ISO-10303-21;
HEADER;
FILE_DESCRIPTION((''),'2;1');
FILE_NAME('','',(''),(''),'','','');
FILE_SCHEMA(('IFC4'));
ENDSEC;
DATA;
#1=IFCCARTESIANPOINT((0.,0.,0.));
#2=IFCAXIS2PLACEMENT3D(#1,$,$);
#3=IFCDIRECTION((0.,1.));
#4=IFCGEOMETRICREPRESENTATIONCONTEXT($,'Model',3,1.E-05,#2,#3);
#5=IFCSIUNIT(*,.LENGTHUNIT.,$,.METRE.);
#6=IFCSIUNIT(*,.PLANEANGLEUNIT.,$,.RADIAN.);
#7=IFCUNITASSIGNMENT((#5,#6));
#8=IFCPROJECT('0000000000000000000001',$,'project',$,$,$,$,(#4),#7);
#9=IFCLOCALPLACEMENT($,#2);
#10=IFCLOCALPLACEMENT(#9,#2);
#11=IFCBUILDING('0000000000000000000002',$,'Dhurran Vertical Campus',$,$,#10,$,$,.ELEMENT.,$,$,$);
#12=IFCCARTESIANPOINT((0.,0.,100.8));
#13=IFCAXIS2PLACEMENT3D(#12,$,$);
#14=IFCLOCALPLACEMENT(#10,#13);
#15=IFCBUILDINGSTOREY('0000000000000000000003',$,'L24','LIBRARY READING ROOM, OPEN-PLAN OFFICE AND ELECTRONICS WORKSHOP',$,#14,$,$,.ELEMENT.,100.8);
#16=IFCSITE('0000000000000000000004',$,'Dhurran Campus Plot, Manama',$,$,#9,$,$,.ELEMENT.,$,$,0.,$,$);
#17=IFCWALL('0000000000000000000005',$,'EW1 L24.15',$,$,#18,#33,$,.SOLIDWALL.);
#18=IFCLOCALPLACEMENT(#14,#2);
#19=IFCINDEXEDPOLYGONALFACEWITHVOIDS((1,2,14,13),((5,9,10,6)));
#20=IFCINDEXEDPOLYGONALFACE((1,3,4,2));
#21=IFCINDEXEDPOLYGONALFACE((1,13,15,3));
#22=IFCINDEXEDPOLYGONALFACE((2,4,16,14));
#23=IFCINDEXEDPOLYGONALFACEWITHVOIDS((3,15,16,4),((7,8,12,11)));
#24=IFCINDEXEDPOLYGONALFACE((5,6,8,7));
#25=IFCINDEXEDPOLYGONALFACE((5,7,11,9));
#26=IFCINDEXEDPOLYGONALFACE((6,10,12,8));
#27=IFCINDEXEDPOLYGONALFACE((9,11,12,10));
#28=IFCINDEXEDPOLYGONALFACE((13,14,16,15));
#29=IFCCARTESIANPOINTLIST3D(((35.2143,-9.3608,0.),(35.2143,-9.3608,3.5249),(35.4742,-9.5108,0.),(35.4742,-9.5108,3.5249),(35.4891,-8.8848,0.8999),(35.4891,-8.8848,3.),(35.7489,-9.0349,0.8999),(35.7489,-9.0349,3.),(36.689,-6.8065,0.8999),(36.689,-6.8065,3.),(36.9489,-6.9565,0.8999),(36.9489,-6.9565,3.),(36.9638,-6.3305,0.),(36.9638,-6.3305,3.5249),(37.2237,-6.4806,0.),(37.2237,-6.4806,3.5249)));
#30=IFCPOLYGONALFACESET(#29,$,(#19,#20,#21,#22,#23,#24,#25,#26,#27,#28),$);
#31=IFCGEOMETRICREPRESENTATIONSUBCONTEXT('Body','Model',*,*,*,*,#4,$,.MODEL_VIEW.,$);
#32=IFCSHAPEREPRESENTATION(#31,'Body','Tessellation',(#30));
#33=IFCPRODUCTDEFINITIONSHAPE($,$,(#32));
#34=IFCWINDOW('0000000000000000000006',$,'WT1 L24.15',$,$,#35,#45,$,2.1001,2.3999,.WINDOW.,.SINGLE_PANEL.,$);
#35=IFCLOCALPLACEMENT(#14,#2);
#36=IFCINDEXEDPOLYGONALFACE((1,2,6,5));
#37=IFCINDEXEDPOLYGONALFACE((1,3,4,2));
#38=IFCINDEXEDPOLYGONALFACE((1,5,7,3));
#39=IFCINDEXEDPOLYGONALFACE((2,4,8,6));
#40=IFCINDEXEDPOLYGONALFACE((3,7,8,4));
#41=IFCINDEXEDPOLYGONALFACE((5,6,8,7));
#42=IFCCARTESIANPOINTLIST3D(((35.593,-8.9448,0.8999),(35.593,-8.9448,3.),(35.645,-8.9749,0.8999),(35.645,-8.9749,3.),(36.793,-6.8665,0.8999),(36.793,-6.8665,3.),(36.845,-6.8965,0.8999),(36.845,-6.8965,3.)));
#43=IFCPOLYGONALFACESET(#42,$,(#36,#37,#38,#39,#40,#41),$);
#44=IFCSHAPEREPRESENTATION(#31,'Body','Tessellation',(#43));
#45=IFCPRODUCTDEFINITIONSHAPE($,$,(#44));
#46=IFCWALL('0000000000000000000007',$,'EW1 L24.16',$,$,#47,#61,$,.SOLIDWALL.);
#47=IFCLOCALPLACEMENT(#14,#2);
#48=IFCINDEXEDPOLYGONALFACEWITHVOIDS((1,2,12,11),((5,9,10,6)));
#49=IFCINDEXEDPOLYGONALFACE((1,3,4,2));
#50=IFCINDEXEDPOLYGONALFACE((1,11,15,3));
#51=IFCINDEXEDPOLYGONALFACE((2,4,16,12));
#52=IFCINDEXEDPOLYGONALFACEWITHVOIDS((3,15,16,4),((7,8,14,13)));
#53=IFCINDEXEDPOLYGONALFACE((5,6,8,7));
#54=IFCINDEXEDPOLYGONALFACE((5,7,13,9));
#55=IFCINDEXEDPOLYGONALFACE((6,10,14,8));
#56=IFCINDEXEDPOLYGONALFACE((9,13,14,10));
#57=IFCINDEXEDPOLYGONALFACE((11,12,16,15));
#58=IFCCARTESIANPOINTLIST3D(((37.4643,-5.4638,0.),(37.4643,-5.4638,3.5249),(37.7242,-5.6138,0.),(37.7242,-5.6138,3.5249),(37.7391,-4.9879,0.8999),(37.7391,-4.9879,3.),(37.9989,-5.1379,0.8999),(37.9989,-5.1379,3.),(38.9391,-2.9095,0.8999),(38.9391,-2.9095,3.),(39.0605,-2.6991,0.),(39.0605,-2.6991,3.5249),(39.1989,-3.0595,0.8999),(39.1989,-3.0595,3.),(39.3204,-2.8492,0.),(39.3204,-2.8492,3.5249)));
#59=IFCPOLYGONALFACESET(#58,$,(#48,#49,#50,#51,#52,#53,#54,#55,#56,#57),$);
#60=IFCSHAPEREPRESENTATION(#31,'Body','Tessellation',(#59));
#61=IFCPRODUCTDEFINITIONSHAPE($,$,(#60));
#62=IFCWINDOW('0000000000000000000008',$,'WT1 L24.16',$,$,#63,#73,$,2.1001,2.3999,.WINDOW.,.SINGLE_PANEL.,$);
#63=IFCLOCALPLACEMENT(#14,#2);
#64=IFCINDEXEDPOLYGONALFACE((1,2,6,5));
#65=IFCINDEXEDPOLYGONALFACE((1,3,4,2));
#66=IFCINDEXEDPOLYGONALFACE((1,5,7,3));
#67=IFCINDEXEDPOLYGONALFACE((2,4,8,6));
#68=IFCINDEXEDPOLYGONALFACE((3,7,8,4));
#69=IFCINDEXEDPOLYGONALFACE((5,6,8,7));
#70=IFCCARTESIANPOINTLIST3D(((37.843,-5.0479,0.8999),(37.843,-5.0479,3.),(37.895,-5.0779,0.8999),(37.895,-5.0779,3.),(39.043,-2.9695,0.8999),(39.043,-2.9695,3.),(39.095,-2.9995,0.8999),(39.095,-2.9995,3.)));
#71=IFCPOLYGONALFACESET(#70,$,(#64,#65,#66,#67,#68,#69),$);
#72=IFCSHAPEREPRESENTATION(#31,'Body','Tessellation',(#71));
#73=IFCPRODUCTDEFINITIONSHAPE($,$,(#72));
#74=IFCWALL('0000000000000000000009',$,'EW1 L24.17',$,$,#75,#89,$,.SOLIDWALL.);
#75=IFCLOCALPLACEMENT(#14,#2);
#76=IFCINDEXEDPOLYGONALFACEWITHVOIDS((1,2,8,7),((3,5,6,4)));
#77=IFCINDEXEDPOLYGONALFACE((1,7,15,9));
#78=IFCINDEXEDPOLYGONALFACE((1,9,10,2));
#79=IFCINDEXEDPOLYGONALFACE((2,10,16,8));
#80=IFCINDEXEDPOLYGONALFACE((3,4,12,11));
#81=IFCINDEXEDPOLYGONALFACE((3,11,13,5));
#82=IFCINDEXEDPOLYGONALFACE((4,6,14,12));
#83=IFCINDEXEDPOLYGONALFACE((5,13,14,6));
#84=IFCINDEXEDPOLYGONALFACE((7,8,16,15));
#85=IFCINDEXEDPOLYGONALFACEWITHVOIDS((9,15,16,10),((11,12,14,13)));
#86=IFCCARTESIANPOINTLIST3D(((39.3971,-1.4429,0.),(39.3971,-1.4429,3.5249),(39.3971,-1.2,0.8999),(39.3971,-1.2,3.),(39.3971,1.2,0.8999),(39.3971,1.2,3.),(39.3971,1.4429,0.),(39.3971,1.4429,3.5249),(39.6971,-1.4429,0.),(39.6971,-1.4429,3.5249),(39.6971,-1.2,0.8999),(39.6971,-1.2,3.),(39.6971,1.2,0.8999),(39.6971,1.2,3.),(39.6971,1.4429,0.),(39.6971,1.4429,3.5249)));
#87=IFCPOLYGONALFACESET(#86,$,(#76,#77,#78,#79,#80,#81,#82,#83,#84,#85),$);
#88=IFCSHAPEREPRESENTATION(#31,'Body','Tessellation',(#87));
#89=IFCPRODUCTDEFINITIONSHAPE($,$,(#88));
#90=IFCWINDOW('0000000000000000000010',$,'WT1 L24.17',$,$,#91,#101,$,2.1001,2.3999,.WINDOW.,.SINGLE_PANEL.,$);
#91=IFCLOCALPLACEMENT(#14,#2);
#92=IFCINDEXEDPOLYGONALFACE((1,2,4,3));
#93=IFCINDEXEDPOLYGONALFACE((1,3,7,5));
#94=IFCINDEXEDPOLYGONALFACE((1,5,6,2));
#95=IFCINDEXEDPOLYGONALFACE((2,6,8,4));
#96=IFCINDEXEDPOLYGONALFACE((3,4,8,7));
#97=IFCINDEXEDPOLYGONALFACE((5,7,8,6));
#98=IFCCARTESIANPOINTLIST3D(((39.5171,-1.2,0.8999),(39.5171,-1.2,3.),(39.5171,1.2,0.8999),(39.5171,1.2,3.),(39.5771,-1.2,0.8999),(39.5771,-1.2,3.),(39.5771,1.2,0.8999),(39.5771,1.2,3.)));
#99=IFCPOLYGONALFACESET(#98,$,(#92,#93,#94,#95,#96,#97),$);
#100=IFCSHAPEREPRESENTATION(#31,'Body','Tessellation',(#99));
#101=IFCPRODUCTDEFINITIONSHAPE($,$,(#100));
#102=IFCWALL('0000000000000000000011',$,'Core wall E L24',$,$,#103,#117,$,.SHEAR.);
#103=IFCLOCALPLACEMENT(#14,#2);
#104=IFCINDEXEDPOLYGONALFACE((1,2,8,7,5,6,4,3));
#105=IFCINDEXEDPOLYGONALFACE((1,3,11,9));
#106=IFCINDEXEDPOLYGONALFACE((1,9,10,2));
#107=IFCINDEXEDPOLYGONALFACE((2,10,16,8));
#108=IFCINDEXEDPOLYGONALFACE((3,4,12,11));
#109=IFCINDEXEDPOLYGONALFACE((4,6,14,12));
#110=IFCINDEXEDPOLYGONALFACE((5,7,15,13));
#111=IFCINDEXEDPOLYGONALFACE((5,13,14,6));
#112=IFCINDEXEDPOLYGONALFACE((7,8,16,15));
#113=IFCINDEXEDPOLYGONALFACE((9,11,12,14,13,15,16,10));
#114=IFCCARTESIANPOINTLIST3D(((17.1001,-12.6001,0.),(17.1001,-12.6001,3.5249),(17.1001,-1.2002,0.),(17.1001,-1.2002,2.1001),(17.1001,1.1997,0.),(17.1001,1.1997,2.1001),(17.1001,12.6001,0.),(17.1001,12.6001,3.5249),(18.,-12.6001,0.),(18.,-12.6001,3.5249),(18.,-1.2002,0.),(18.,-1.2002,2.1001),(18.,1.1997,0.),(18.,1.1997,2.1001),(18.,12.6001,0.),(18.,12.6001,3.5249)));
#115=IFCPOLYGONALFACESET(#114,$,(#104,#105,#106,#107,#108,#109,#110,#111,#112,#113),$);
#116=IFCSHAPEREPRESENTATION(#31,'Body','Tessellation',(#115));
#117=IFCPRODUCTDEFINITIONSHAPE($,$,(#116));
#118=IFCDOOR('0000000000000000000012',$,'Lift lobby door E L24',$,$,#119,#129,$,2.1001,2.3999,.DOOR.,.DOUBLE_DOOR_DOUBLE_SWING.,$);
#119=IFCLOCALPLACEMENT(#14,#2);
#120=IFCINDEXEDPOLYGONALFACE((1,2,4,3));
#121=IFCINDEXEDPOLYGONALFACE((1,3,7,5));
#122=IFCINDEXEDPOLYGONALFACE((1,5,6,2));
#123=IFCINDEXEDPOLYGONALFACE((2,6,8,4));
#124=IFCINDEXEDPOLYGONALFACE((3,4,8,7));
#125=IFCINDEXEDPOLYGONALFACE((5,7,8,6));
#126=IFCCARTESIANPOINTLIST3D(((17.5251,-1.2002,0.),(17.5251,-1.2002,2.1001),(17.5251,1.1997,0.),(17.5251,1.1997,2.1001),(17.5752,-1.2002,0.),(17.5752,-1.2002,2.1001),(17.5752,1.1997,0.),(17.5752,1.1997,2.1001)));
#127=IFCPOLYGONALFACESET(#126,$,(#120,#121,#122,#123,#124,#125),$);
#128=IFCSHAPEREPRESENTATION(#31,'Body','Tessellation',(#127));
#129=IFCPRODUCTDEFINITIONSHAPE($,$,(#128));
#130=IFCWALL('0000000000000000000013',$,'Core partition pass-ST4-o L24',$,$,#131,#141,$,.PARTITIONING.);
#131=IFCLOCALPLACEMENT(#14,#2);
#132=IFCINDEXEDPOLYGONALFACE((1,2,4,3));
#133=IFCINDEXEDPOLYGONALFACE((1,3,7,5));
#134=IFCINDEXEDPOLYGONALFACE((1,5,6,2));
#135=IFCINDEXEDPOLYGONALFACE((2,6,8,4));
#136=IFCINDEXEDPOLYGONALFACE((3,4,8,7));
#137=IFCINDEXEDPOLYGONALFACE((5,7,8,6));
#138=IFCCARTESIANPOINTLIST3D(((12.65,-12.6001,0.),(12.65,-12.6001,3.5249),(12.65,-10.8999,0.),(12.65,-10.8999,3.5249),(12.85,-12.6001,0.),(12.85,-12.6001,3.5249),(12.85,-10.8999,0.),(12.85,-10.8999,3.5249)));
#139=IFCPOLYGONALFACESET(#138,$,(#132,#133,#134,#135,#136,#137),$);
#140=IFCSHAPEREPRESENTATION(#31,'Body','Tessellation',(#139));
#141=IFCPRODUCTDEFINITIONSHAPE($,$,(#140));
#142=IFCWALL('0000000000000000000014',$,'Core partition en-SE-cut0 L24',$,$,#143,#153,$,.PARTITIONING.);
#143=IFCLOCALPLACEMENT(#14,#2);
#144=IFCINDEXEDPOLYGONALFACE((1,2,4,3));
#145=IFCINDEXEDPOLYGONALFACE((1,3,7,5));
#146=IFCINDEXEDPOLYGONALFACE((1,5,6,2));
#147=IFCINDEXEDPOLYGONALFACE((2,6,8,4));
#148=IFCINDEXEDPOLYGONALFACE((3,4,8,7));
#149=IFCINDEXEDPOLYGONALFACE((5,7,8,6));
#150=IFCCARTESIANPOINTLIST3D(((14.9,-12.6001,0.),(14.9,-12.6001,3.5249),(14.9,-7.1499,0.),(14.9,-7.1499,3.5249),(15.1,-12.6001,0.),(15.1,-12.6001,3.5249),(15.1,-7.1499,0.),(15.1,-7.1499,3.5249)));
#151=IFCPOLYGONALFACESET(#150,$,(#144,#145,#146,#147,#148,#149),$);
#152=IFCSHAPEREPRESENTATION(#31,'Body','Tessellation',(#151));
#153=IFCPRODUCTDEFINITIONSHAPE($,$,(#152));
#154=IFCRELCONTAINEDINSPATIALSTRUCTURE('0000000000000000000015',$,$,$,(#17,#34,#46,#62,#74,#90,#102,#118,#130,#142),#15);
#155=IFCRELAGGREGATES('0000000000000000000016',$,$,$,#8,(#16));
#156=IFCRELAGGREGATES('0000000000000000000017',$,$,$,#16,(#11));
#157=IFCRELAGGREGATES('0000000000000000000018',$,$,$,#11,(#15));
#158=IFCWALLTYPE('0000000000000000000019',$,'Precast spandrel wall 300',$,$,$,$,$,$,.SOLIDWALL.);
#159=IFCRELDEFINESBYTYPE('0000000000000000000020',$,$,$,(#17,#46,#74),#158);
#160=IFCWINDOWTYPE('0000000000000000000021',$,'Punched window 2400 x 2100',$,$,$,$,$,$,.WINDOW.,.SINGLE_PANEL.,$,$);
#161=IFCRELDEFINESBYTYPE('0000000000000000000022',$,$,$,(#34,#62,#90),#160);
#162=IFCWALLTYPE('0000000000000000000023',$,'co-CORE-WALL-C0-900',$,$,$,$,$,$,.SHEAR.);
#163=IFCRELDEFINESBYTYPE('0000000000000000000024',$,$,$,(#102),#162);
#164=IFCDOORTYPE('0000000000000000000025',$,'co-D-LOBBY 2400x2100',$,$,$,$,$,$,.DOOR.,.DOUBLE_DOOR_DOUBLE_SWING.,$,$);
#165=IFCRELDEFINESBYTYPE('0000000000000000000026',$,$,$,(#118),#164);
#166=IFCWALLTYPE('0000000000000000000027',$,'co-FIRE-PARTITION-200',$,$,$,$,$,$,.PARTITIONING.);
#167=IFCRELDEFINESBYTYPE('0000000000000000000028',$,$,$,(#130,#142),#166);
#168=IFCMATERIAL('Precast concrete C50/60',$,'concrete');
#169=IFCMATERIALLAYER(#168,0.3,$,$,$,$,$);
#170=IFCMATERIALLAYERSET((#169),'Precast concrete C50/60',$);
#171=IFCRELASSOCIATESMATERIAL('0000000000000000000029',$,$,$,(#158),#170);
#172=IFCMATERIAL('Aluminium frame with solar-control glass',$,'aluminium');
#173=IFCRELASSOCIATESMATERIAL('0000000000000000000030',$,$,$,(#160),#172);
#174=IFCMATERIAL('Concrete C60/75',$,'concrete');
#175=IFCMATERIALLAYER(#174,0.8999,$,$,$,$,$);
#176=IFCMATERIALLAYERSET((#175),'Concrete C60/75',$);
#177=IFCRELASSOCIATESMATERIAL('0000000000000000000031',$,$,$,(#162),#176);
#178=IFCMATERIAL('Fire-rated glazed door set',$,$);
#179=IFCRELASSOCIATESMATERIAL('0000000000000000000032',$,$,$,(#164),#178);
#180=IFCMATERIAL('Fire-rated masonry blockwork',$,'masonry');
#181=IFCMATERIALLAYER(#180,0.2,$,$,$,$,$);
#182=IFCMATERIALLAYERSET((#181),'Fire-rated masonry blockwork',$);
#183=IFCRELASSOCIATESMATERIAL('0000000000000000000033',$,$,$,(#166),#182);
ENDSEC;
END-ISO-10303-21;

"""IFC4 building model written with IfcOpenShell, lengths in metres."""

from ifc_helpers import new_model, si_unit, direction, frame, frame_2d, origin, place, context, subcontext, project, spatial, rectangle, extrude, material, layer, layer_set, type_object, element, fill, save


model = new_model("IFC4")

# Units and contexts
model_context = context("Model", 3, precision=1e-05, world=origin(), true_north=direction((0.0, 1.0)))
body_context = subcontext(model_context, "Body", "Model", "MODEL_VIEW")
ifc_project = project(units=[si_unit("LENGTHUNIT", "METRE"), si_unit("PLANEANGLEUNIT", "RADIAN")], contexts=[model_context])

# Site, building, storey
site_placement = place(None, origin())
site = spatial("IfcSite", under=ifc_project, at=site_placement, Name="Dhurran Campus Plot, Manama", CompositionType="ELEMENT", RefElevation=0.0)
building_placement = place(site_placement, origin())
building = spatial("IfcBuilding", under=site, at=building_placement, Name="Dhurran Vertical Campus", CompositionType="ELEMENT")
storey_placement = place(building_placement, frame((0.0, 0.0, 100.8)))
storey = spatial("IfcBuildingStorey", under=building, at=storey_placement, Name="L24", Description="LIBRARY READING ROOM, OPEN-PLAN OFFICE AND ELECTRONICS WORKSHOP", CompositionType="ELEMENT", Elevation=100.8)

# Walls, openings, windows
ifc_material_1 = material(Name="Precast concrete C50/60", Category="concrete")
ifc_layer_1 = layer(ifc_material_1, 0.3)
ifc_layer_set_1 = layer_set([ifc_layer_1], Name="Precast concrete C50/60")
wall_type_1 = type_object("IfcWallType", Name="Precast spandrel wall 300", PredefinedType="SOLIDWALL", material=ifc_layer_set_1)
ifc_material_2 = material(Name="Aluminium frame with solar-control glass", Category="aluminium")
window_type = type_object("IfcWindowType", Name="Punched window 2400 x 2100", PartitioningType="SINGLE_PANEL", PredefinedType="WINDOW", material=ifc_material_2)
wall_1_placement = place(storey_placement, frame((35.3442, -9.4358, 0.0), z_axis=(0.0, 0.0, 1.0), x_axis=(0.499996, 0.866028, 0.0)))
wall_1 = element("IfcWall", 1, at=wall_1_placement, inside=storey, type_object=wall_type_1, Name="EW1 L24.15", PredefinedType="SOLIDWALL", context=body_context, shape_type="SweptSolid", body=[
    extrude(rectangle(XDim=3.499, YDim=0.3, at=frame_2d((1.7495, 0.0))), origin(), (0.0, 0.0, 1.0), 3.5249),
])
opening_1_placement = place(wall_1_placement, frame((0.5496, 0.0, 0.8999)))
opening_1 = element("IfcOpeningElement", 2, at=opening_1_placement, cuts=wall_1, PredefinedType="OPENING", context=body_context, shape_type="SweptSolid", body=[
    extrude(rectangle(XDim=2.3999, YDim=2.1001, at=frame_2d((1.2, 1.05))), frame((0.0, 0.1599, 0.0), z_axis=(0.0, -1.0, 0.0), x_axis=(1.0, 0.0, 0.0)), (0.0, 0.0, 1.0), 0.3201),
])
window_1_placement = place(opening_1_placement, origin())
window_1 = element("IfcWindow", 3, at=window_1_placement, inside=storey, type_object=window_type, Name="WT1 L24.15", OverallHeight=2.1001, OverallWidth=2.3999, PartitioningType="SINGLE_PANEL", PredefinedType="WINDOW", context=body_context, shape_type="SweptSolid", body=[
    extrude(rectangle(XDim=2.3999, YDim=2.1001, at=frame_2d((1.2, 1.05))), frame((0.0, 0.03, 0.0), z_axis=(0.0, -1.0, 0.0), x_axis=(1.0, 0.0, 0.0)), (0.0, 0.0, 1.0), 0.0601),
])
fill(opening_1, window_1)
wall_2_placement = place(storey_placement, frame((37.5942, -5.5388, 0.0), z_axis=(0.0, 0.0, 1.0), x_axis=(0.500005, 0.866023, 0.0)))
wall_2 = element("IfcWall", 4, at=wall_2_placement, inside=storey, type_object=wall_type_1, Name="EW1 L24.16", PredefinedType="SOLIDWALL", context=body_context, shape_type="SweptSolid", body=[
    extrude(rectangle(XDim=3.1924, YDim=0.3, at=frame_2d((1.5962, 0.0))), origin(), (0.0, 0.0, 1.0), 3.5249),
])
opening_2_placement = place(wall_2_placement, frame((0.5496, 0.0, 0.8999)))
opening_2 = element("IfcOpeningElement", 5, at=opening_2_placement, cuts=wall_2, PredefinedType="OPENING", context=body_context, shape_type="SweptSolid", body=[
    extrude(rectangle(XDim=2.3999, YDim=2.1001, at=frame_2d((1.2, 1.05))), frame((0.0, 0.1599, 0.0), z_axis=(0.0, -1.0, 0.0), x_axis=(1.0, 0.0, 0.0)), (0.0, 0.0, 1.0), 0.3201),
])
window_2_placement = place(opening_2_placement, origin())
window_2 = element("IfcWindow", 6, at=window_2_placement, inside=storey, type_object=window_type, Name="WT1 L24.16", OverallHeight=2.1001, OverallWidth=2.3999, PartitioningType="SINGLE_PANEL", PredefinedType="WINDOW", context=body_context, shape_type="SweptSolid", body=[
    extrude(rectangle(XDim=2.3999, YDim=2.1001, at=frame_2d((1.2, 1.05))), frame((0.0, 0.03, 0.0), z_axis=(0.0, -1.0, 0.0), x_axis=(1.0, 0.0, 0.0)), (0.0, 0.0, 1.0), 0.0601),
])
fill(opening_2, window_2)
wall_3_placement = place(storey_placement, frame((39.5471, -1.4429, 0.0), z_axis=(0.0, 0.0, 1.0), x_axis=(0.0, 1.0, 0.0)))
wall_3 = element("IfcWall", 7, at=wall_3_placement, inside=storey, type_object=wall_type_1, Name="EW1 L24.17", PredefinedType="SOLIDWALL", context=body_context, shape_type="SweptSolid", body=[
    extrude(rectangle(XDim=2.8857, YDim=0.3, at=frame_2d((1.4429, 0.0))), origin(), (0.0, 0.0, 1.0), 3.5249),
])
opening_3_placement = place(wall_3_placement, frame((0.2429, 0.0, 0.8999)))
opening_3 = element("IfcOpeningElement", 8, at=opening_3_placement, cuts=wall_3, PredefinedType="OPENING", context=body_context, shape_type="SweptSolid", body=[
    extrude(rectangle(XDim=2.3999, YDim=2.1001, at=frame_2d((1.2, 1.05))), frame((0.0, 0.1599, 0.0), z_axis=(0.0, -1.0, 0.0), x_axis=(1.0, 0.0, 0.0)), (0.0, 0.0, 1.0), 0.3201),
])
window_3_placement = place(opening_3_placement, origin())
window_3 = element("IfcWindow", 9, at=window_3_placement, inside=storey, type_object=window_type, Name="WT1 L24.17", OverallHeight=2.1001, OverallWidth=2.3999, PartitioningType="SINGLE_PANEL", PredefinedType="WINDOW", context=body_context, shape_type="SweptSolid", body=[
    extrude(rectangle(XDim=2.3999, YDim=2.1001, at=frame_2d((1.2, 1.05))), frame((0.0, 0.03, 0.0), z_axis=(0.0, -1.0, 0.0), x_axis=(1.0, 0.0, 0.0)), (0.0, 0.0, 1.0), 0.0601),
])
fill(opening_3, window_3)

# Wall, opening, door
ifc_material_3 = material(Name="Concrete C60/75", Category="concrete")
ifc_layer_2 = layer(ifc_material_3, 0.8999)
ifc_layer_set_2 = layer_set([ifc_layer_2], Name="Concrete C60/75")
wall_type_2 = type_object("IfcWallType", Name="co-CORE-WALL-C0-900", PredefinedType="SHEAR", material=ifc_layer_set_2)
wall_4_placement = place(storey_placement, frame((17.55, -12.6001, 0.0), z_axis=(0.0, 0.0, 1.0), x_axis=(0.0, 1.0, 0.0)))
wall_4 = element("IfcWall", 10, at=wall_4_placement, inside=storey, type_object=wall_type_2, Name="Core wall E L24", PredefinedType="SHEAR", context=body_context, shape_type="SweptSolid", body=[
    extrude(rectangle(XDim=25.2002, YDim=0.8999, at=frame_2d((12.6001, 0.0))), origin(), (0.0, 0.0, 1.0), 3.5249),
])
opening_4_placement = place(wall_4_placement, frame((11.3999, 0.0, 0.0)))
opening_4 = element("IfcOpeningElement", 11, at=opening_4_placement, cuts=wall_4, PredefinedType="OPENING", context=body_context, shape_type="SweptSolid", body=[
    extrude(rectangle(XDim=2.3999, YDim=2.1001, at=frame_2d((1.2, 1.05))), frame((0.0, 0.46, 0.0), z_axis=(0.0, -1.0, 0.0), x_axis=(1.0, 0.0, 0.0)), (0.0, 0.0, 1.0), 0.9199),
])
ifc_material_4 = material(Name="Fire-rated glazed door set")
door_type_1 = type_object("IfcDoorType", Name="co-D-LOBBY 2400x2100", OperationType="DOUBLE_DOOR_DOUBLE_SWING", PredefinedType="DOOR", material=ifc_material_4)
door_1_placement = place(opening_4_placement, origin())
door_1 = element("IfcDoor", 12, at=door_1_placement, inside=storey, type_object=door_type_1, Name="Lift lobby door E L24", OperationType="DOUBLE_DOOR_DOUBLE_SWING", OverallHeight=2.1001, OverallWidth=2.3999, PredefinedType="DOOR", context=body_context, shape_type="SweptSolid", body=[
    extrude(rectangle(XDim=2.3999, YDim=2.1001, at=frame_2d((1.2, 1.05))), frame((0.0, 0.0249, 0.0), z_axis=(0.0, -1.0, 0.0), x_axis=(1.0, 0.0, 0.0)), (0.0, 0.0, 1.0), 0.05),
])
fill(opening_4, door_1)

# Walls
ifc_material_5 = material(Name="Fire-rated masonry blockwork", Category="masonry")
ifc_layer_3 = layer(ifc_material_5, 0.2)
ifc_layer_set_3 = layer_set([ifc_layer_3], Name="Fire-rated masonry blockwork")
wall_type_3 = type_object("IfcWallType", Name="co-FIRE-PARTITION-200", PredefinedType="PARTITIONING", material=ifc_layer_set_3)
wall_5_placement = place(storey_placement, frame((12.75, -12.6001, 0.0), z_axis=(0.0, 0.0, 1.0), x_axis=(0.0, 1.0, 0.0)))
element("IfcWall", 13, at=wall_5_placement, inside=storey, type_object=wall_type_3, Name="Core partition pass-ST4-o L24", PredefinedType="PARTITIONING", context=body_context, shape_type="SweptSolid", body=[
    extrude(rectangle(XDim=1.7002, YDim=0.2, at=frame_2d((0.8501, 0.0))), origin(), (0.0, 0.0, 1.0), 3.5249),
])
wall_6_placement = place(storey_placement, frame((15.0, -12.6001, 0.0), z_axis=(0.0, 0.0, 1.0), x_axis=(0.0, 1.0, 0.0)))
element("IfcWall", 14, at=wall_6_placement, inside=storey, type_object=wall_type_3, Name="Core partition en-SE-cut0 L24", PredefinedType="PARTITIONING", context=body_context, shape_type="SweptSolid", body=[
    extrude(rectangle(XDim=5.4502, YDim=0.2, at=frame_2d((2.7251, 0.0))), origin(), (0.0, 0.0, 1.0), 3.5249),
])

save(model, "model.ifc")
